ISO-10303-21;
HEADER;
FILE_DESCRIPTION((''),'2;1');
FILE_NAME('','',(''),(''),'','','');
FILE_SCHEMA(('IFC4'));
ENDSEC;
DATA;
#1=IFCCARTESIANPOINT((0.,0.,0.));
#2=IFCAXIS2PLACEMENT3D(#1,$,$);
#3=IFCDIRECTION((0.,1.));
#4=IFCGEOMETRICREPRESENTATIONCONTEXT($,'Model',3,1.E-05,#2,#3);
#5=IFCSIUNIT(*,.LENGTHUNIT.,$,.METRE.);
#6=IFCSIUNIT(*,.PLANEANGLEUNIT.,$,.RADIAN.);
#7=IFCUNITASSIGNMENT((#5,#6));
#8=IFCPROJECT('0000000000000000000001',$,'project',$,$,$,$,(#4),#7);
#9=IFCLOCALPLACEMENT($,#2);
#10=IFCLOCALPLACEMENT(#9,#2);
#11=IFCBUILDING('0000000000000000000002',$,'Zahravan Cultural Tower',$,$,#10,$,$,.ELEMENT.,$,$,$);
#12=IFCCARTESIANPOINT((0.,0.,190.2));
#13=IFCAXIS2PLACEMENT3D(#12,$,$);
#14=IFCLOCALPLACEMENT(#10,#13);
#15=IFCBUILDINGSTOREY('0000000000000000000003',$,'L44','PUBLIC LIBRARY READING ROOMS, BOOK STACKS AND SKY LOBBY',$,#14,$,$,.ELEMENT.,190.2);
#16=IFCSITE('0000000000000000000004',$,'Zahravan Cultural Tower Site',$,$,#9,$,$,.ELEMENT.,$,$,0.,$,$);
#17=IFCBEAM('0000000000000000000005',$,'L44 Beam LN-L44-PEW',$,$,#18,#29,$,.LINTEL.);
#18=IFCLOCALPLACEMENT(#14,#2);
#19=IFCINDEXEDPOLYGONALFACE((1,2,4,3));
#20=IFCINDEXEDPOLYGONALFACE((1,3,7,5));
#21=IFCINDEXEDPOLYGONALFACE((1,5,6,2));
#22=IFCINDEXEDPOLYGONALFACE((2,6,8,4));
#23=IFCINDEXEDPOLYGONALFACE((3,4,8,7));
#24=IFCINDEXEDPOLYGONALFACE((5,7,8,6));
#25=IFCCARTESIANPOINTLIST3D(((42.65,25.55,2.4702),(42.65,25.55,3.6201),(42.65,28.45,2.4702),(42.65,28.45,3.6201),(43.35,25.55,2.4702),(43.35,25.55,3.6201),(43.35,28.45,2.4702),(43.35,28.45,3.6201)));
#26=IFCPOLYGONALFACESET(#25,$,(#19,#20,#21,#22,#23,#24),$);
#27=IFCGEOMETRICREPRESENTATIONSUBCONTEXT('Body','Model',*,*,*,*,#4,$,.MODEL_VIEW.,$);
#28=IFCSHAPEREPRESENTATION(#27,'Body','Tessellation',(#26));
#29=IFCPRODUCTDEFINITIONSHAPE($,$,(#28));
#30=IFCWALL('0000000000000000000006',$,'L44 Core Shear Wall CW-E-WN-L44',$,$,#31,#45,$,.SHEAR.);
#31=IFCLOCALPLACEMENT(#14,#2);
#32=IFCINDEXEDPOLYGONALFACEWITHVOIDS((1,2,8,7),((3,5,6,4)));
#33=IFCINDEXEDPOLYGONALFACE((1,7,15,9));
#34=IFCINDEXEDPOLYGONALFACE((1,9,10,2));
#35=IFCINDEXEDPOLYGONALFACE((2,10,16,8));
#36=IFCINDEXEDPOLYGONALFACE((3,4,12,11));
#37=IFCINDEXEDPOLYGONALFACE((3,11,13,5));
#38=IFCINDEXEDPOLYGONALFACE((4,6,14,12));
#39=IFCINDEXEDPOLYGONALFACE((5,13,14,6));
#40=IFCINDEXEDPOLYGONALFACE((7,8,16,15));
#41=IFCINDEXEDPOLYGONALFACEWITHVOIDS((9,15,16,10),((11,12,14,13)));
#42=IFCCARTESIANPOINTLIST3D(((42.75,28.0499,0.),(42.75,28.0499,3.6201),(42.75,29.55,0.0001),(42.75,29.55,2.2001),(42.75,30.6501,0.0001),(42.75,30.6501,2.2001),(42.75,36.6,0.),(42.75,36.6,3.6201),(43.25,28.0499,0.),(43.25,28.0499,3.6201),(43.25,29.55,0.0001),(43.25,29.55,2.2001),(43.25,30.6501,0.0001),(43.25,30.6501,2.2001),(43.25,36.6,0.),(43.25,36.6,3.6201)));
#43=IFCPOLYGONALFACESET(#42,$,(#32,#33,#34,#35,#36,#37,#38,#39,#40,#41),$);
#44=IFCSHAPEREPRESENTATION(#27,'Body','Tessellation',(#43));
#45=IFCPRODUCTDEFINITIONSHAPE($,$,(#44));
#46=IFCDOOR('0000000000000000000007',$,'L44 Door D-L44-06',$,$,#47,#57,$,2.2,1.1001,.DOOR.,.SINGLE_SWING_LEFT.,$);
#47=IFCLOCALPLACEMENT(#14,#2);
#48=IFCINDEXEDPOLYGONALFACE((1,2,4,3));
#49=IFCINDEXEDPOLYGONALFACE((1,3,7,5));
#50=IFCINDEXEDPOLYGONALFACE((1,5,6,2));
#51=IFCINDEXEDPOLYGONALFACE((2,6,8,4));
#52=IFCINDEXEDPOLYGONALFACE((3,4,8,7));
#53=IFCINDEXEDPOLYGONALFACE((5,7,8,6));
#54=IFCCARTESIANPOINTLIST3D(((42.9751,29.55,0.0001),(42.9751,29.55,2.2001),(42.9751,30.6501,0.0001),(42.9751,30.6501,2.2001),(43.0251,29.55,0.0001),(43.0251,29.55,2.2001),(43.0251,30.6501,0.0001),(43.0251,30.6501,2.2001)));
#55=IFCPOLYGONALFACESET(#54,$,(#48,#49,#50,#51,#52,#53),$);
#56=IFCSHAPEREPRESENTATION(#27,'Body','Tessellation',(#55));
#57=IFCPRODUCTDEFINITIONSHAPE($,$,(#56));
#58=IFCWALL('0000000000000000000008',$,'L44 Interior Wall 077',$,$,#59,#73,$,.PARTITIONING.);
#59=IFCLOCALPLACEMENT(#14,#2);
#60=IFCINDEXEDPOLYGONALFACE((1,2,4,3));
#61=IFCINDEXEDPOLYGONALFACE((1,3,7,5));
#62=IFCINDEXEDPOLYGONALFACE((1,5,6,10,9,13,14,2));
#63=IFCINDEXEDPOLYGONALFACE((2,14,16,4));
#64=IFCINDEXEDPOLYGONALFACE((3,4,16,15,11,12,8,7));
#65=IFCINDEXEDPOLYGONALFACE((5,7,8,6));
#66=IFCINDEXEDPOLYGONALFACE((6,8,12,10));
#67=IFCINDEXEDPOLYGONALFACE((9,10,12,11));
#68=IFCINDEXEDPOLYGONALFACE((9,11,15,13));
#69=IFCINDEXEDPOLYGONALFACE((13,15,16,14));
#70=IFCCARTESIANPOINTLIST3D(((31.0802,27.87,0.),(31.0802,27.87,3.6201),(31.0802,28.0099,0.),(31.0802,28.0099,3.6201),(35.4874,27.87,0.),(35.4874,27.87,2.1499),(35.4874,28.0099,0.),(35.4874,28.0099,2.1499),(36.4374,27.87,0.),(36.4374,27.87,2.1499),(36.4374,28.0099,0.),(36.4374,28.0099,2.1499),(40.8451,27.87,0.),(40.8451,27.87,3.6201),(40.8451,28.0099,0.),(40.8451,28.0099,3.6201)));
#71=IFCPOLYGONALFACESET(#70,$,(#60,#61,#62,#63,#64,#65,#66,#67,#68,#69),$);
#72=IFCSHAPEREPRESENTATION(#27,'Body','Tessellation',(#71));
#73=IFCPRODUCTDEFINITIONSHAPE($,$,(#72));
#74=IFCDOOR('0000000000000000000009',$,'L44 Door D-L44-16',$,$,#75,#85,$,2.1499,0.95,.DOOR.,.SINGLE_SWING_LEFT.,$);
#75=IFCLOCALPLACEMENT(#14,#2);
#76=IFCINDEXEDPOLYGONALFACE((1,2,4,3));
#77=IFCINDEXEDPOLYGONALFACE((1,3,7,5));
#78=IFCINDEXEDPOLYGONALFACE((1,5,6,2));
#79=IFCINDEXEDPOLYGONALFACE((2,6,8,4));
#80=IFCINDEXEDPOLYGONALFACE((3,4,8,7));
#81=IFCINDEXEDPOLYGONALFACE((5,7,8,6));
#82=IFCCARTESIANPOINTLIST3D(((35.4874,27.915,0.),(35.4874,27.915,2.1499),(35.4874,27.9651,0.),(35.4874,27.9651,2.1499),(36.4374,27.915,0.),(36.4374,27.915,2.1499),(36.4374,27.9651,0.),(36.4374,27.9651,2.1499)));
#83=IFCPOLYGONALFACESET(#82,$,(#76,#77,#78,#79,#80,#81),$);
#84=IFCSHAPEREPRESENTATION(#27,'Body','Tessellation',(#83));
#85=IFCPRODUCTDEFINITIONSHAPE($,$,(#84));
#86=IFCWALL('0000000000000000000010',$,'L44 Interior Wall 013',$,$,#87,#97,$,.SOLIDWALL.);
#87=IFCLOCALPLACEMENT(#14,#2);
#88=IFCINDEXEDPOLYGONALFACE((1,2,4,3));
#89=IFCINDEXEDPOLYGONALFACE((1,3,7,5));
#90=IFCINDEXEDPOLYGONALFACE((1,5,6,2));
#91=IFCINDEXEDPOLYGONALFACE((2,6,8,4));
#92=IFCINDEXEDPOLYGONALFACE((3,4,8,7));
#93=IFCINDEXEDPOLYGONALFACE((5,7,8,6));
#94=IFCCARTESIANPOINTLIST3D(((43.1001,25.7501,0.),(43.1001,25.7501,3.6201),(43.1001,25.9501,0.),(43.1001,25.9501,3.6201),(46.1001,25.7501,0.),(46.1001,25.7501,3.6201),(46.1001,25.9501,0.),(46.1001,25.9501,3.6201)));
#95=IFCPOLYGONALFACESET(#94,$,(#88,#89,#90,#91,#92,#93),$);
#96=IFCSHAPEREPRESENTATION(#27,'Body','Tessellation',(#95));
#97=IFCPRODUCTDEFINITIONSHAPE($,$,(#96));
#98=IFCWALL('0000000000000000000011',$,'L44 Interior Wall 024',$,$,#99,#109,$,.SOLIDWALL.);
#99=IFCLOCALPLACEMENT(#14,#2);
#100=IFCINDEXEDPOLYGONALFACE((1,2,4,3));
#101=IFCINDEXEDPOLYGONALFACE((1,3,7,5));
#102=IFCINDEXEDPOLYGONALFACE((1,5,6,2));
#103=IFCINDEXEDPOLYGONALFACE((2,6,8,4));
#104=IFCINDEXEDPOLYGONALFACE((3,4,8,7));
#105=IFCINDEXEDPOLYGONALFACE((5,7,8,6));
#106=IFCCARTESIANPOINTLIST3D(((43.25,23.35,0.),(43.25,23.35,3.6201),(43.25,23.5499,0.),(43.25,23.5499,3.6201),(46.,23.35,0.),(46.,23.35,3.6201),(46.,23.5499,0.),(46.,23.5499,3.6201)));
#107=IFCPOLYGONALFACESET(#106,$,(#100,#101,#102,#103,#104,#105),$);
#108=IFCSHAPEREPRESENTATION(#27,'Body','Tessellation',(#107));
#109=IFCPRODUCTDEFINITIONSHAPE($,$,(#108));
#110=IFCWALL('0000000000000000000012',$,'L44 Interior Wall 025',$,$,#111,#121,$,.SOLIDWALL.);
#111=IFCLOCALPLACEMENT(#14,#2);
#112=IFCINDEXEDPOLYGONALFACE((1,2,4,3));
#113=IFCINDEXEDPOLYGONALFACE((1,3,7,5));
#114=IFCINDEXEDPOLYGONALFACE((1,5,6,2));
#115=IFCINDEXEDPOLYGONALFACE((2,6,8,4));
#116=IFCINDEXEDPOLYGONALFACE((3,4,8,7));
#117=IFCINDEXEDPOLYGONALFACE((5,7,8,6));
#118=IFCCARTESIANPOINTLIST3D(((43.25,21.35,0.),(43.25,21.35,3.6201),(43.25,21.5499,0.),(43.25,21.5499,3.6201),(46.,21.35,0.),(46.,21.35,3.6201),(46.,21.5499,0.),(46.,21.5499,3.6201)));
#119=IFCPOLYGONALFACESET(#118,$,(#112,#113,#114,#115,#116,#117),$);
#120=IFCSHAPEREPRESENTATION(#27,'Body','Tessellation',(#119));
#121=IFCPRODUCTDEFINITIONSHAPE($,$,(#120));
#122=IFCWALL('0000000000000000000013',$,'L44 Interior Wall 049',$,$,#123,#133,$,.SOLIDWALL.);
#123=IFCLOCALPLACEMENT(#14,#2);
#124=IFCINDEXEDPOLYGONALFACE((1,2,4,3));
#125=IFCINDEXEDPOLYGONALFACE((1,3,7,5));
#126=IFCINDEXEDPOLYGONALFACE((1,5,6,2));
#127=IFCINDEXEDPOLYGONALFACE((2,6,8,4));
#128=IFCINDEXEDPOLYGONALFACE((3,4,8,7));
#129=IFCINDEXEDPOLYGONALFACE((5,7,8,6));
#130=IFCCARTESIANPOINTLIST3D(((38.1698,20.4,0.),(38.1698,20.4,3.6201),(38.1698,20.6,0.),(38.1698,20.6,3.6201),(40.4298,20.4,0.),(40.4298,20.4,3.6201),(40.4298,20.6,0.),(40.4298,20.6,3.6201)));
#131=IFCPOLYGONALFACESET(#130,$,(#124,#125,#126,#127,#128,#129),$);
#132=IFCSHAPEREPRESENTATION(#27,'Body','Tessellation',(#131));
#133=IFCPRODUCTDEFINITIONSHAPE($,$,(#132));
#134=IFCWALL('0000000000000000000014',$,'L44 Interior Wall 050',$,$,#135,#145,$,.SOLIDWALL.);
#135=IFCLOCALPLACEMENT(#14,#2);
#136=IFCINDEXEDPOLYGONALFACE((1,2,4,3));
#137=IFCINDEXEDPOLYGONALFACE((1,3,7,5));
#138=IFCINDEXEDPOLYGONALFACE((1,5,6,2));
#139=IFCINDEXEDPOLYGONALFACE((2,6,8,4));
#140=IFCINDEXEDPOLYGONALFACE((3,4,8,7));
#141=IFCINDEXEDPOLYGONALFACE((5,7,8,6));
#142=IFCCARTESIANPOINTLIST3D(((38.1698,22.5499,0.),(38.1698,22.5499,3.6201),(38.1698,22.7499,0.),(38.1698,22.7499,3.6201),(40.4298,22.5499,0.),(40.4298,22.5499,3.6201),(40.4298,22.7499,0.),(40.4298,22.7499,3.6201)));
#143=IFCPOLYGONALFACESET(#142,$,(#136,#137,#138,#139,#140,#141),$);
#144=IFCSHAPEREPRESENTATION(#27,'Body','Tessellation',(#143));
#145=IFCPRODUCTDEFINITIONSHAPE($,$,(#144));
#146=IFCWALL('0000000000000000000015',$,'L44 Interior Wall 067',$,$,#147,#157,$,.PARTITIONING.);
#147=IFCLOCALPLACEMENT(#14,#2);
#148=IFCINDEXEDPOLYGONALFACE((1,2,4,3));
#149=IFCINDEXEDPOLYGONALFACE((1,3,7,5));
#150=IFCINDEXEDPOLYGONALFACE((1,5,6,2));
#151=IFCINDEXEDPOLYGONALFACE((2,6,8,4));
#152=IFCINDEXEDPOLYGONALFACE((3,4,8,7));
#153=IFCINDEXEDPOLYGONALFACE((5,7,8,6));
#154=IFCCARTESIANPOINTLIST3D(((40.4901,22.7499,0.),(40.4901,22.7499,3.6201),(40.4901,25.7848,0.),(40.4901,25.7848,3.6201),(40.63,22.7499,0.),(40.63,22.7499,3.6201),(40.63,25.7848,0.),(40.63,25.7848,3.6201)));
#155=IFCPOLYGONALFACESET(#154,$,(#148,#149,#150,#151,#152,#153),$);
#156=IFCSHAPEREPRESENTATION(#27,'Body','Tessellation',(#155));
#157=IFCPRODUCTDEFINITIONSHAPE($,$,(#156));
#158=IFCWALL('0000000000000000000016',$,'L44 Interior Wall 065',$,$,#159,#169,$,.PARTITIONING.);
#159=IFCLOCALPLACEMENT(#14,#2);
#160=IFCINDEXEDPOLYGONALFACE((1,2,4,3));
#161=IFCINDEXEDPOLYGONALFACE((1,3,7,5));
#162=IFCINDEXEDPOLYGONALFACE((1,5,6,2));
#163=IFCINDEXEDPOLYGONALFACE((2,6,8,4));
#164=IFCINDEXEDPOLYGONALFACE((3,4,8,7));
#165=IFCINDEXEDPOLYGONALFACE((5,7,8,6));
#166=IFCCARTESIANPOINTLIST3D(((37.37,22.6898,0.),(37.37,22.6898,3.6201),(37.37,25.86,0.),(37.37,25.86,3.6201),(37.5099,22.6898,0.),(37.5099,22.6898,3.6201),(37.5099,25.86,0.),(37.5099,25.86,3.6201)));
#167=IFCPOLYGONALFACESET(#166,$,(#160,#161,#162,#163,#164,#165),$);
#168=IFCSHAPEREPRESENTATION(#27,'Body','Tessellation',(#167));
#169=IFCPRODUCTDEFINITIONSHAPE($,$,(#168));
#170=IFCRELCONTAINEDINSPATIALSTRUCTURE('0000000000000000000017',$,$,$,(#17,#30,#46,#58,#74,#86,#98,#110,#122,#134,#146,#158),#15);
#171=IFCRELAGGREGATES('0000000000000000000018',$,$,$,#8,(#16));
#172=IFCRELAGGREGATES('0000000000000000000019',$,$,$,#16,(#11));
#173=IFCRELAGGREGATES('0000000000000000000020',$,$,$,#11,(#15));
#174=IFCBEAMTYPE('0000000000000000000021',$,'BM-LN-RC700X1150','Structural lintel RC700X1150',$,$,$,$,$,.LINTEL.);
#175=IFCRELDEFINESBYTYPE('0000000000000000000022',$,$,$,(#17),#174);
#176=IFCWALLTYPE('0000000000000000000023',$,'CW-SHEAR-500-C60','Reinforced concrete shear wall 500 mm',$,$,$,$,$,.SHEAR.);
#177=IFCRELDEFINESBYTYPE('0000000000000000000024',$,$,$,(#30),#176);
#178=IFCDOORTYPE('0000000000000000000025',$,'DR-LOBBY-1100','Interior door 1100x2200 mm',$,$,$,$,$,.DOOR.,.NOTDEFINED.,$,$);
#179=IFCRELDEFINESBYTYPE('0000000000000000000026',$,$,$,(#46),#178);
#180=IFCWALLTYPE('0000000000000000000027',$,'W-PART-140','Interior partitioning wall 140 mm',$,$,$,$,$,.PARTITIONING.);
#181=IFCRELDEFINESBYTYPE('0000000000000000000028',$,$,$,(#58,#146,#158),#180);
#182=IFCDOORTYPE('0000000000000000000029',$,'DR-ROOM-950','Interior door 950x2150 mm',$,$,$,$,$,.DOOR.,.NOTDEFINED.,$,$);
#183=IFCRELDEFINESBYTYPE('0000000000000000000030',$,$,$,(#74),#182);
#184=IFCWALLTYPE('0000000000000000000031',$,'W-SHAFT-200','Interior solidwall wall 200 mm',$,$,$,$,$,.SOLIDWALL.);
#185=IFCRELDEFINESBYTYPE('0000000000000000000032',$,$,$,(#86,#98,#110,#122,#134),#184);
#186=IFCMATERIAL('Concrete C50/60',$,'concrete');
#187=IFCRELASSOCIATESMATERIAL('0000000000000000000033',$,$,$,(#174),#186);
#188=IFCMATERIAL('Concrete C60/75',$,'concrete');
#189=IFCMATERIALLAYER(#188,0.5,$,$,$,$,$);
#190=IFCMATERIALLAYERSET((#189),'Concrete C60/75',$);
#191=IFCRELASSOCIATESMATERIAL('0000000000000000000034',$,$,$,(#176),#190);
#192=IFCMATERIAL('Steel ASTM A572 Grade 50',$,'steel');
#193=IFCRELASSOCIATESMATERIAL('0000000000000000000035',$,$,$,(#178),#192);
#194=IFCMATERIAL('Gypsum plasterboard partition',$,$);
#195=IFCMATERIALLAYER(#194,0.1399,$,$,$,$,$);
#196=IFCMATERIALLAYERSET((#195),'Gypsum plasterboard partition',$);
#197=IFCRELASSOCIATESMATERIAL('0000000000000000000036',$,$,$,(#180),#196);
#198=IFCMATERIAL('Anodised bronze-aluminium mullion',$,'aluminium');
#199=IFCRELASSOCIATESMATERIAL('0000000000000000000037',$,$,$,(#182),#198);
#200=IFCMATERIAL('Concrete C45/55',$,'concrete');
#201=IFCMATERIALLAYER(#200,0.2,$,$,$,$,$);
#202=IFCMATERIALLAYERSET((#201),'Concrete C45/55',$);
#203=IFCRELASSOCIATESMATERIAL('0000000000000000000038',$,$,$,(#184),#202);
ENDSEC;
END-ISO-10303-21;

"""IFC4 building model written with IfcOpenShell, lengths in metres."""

from ifc_helpers import new_model, si_unit, direction, frame, frame_2d, origin, origin_2d, place, context, subcontext, project, spatial, rectangle, extrude, source, transform, mapped, material, layer, layer_set, material_profile, profile_set, type_object, element, fill, save


model = new_model("IFC4")

# Units and contexts
model_context = context("Model", 3, precision=1e-05, world=origin(), true_north=direction((0.0, 1.0)))
body_context = subcontext(model_context, "Body", "Model", "MODEL_VIEW")
ifc_project = project(units=[si_unit("LENGTHUNIT", "METRE"), si_unit("PLANEANGLEUNIT", "RADIAN")], contexts=[model_context])

# Site, building, storey
site_placement = place(None, origin())
site = spatial("IfcSite", under=ifc_project, at=site_placement, Name="Zahravan Cultural Tower Site", CompositionType="ELEMENT", RefElevation=0.0)
building_placement = place(site_placement, origin())
building = spatial("IfcBuilding", under=site, at=building_placement, Name="Zahravan Cultural Tower", CompositionType="ELEMENT")
storey_placement = place(building_placement, frame((0.0, 0.0, 190.2)))
storey = spatial("IfcBuildingStorey", under=building, at=storey_placement, Name="L44", Description="PUBLIC LIBRARY READING ROOMS, BOOK STACKS AND SKY LOBBY", CompositionType="ELEMENT", Elevation=190.2)

# Beam
ifc_material_1 = material(Name="Concrete C50/60", Category="concrete")
ifc_material_profile = material_profile(ifc_material_1, rectangle(XDim=0.7, YDim=1.1499, at=origin_2d()), Name="RC700X1150")
ifc_profile_set = profile_set([ifc_material_profile], Name="Concrete C50/60")
beam_type = type_object("IfcBeamType", Name="BM-LN-RC700X1150", Description="Structural lintel RC700X1150", PredefinedType="LINTEL", material=ifc_profile_set)
shared_shape_1 = source(origin(), body_context, "Body", "SweptSolid", [
    extrude(rectangle(XDim=0.7, YDim=1.1499, at=origin_2d()), origin(), (0.0, 0.0, 1.0), 2.8999),
])
beam_placement = place(storey_placement, frame((43.0, 25.55, 3.0452), z_axis=(0.0, 1.0, 0.0), x_axis=(-1.0, 0.0, 0.0)))
element("IfcBeam", 1, at=beam_placement, inside=storey, type_object=beam_type, Name="L44 Beam LN-L44-PEW", PredefinedType="LINTEL", context=body_context, shape_type="MappedRepresentation", body=[
    mapped(shared_shape_1, transform((0.0, 0.0, 0.0), x_axis=(1.0, 0.0, 0.0), y_axis=(0.0, 1.0, 0.0), z_axis=(0.0, 0.0, 1.0), scale=1.0)),
])

# Walls, openings, doors
ifc_material_2 = material(Name="Concrete C60/75", Category="concrete")
ifc_layer_1 = layer(ifc_material_2, 0.5)
ifc_layer_set_1 = layer_set([ifc_layer_1], Name="Concrete C60/75")
wall_type_1 = type_object("IfcWallType", Name="CW-SHEAR-500-C60", Description="Reinforced concrete shear wall 500 mm", PredefinedType="SHEAR", material=ifc_layer_set_1)
wall_1_placement = place(storey_placement, frame((43.0, 28.05, 0.0), z_axis=(0.0, 0.0, 1.0), x_axis=(0.0, 1.0, 0.0)))
wall_1 = element("IfcWall", 2, at=wall_1_placement, inside=storey, type_object=wall_type_1, Name="L44 Core Shear Wall CW-E-WN-L44", PredefinedType="SHEAR", context=body_context, shape_type="SweptSolid", body=[
    extrude(rectangle(XDim=8.55, YDim=0.5, at=frame_2d((4.2749, 0.0))), origin(), (0.0, 0.0, 1.0), 3.6201),
])
opening_1_placement = place(wall_1_placement, frame((1.5, 0.0, 0.0)))
opening_1 = element("IfcOpeningElement", 3, at=opening_1_placement, cuts=wall_1, PredefinedType="OPENING", context=body_context, shape_type="SweptSolid", body=[
    extrude(rectangle(XDim=1.1001, YDim=2.2, at=frame_2d((0.55, 1.1001))), frame((0.0, 0.26, 0.0), z_axis=(0.0, -1.0, 0.0), x_axis=(1.0, 0.0, 0.0)), (0.0, 0.0, 1.0), 0.52),
])
ifc_material_3 = material(Name="Steel ASTM A572 Grade 50", Category="steel")
door_type_1 = type_object("IfcDoorType", Name="DR-LOBBY-1100", Description="Interior door 1100x2200 mm", OperationType="NOTDEFINED", PredefinedType="DOOR", material=ifc_material_3)
shared_shape_2 = source(origin(), body_context, "Body", "SweptSolid", [
    extrude(rectangle(XDim=1.1001, YDim=2.2, at=frame_2d((0.55, 1.1001))), frame((0.0, 0.0249, 0.0), z_axis=(0.0, -1.0, 0.0), x_axis=(1.0, 0.0, 0.0)), (0.0, 0.0, 1.0), 0.05),
])
door_1_placement = place(opening_1_placement, origin())
door_1 = element("IfcDoor", 4, at=door_1_placement, inside=storey, type_object=door_type_1, Name="L44 Door D-L44-06", OperationType="SINGLE_SWING_LEFT", OverallHeight=2.2, OverallWidth=1.1001, PredefinedType="DOOR", context=body_context, shape_type="MappedRepresentation", body=[
    mapped(shared_shape_2, transform((0.0, 0.0, 0.0), x_axis=(1.0, 0.0, 0.0), y_axis=(0.0, 1.0, 0.0), z_axis=(0.0, 0.0, 1.0), scale=1.0)),
])
fill(opening_1, door_1)
ifc_material_4 = material(Name="Gypsum plasterboard partition")
ifc_layer_2 = layer(ifc_material_4, 0.1399)
ifc_layer_set_2 = layer_set([ifc_layer_2], Name="Gypsum plasterboard partition")
wall_type_2 = type_object("IfcWallType", Name="W-PART-140", Description="Interior partitioning wall 140 mm", PredefinedType="PARTITIONING", material=ifc_layer_set_2)
ifc_material_5 = material(Name="Anodised bronze-aluminium mullion", Category="aluminium")
door_type_2 = type_object("IfcDoorType", Name="DR-ROOM-950", Description="Interior door 950x2150 mm", OperationType="NOTDEFINED", PredefinedType="DOOR", material=ifc_material_5)
shared_shape_3 = source(origin(), body_context, "Body", "SweptSolid", [
    extrude(rectangle(XDim=0.95, YDim=2.1499, at=frame_2d((0.4751, 1.075))), frame((0.0, 0.0249, 0.0), z_axis=(0.0, -1.0, 0.0), x_axis=(1.0, 0.0, 0.0)), (0.0, 0.0, 1.0), 0.05),
])
wall_2_placement = place(storey_placement, frame((40.845, 27.9399, 0.0), z_axis=(0.0, 0.0, 1.0), x_axis=(-1.0, 0.0, 0.0)))
wall_2 = element("IfcWall", 5, at=wall_2_placement, inside=storey, type_object=wall_type_2, Name="L44 Interior Wall 077", PredefinedType="PARTITIONING", context=body_context, shape_type="SweptSolid", body=[
    extrude(rectangle(XDim=9.7649, YDim=0.1399, at=frame_2d((4.8823, 0.0))), origin(), (0.0, 0.0, 1.0), 3.6201),
])
opening_2_placement = place(wall_2_placement, frame((4.4075, 0.0, 0.0)))
opening_2 = element("IfcOpeningElement", 6, at=opening_2_placement, cuts=wall_2, PredefinedType="OPENING", context=body_context, shape_type="SweptSolid", body=[
    extrude(rectangle(XDim=0.95, YDim=2.1499, at=frame_2d((0.4751, 1.075))), frame((0.0, 0.0798, 0.0), z_axis=(0.0, -1.0, 0.0), x_axis=(1.0, 0.0, 0.0)), (0.0, 0.0, 1.0), 0.1599),
])
door_2_placement = place(opening_2_placement, origin())
door_2 = element("IfcDoor", 7, at=door_2_placement, inside=storey, type_object=door_type_2, Name="L44 Door D-L44-16", OperationType="SINGLE_SWING_LEFT", OverallHeight=2.1499, OverallWidth=0.95, PredefinedType="DOOR", context=body_context, shape_type="MappedRepresentation", body=[
    mapped(shared_shape_3, transform((0.0, 0.0, 0.0), x_axis=(1.0, 0.0, 0.0), y_axis=(0.0, 1.0, 0.0), z_axis=(0.0, 0.0, 1.0), scale=1.0)),
])
fill(opening_2, door_2)
ifc_material_6 = material(Name="Concrete C45/55", Category="concrete")
ifc_layer_3 = layer(ifc_material_6, 0.2)
ifc_layer_set_3 = layer_set([ifc_layer_3], Name="Concrete C45/55")
wall_type_3 = type_object("IfcWallType", Name="W-SHAFT-200", Description="Interior solidwall wall 200 mm", PredefinedType="SOLIDWALL", material=ifc_layer_set_3)

# Walls
shared_shape_4 = source(origin(), body_context, "Body", "SweptSolid", [
    extrude(rectangle(XDim=3.0, YDim=0.2, at=frame_2d((1.5, 0.0))), origin(), (0.0, 0.0, 1.0), 3.6201),
])
wall_3_placement = place(storey_placement, frame((43.1001, 25.8501, 0.0), z_axis=(0.0, 0.0, 1.0), x_axis=(1.0, 0.0, 0.0)))
element("IfcWall", 8, at=wall_3_placement, inside=storey, type_object=wall_type_3, Name="L44 Interior Wall 013", PredefinedType="SOLIDWALL", context=body_context, shape_type="MappedRepresentation", body=[
    mapped(shared_shape_4, transform((0.0, 0.0, 0.0), x_axis=(1.0, 0.0, 0.0), y_axis=(0.0, 1.0, 0.0), z_axis=(0.0, 0.0, 1.0), scale=1.0)),
])
shared_shape_5 = source(origin(), body_context, "Body", "SweptSolid", [
    extrude(rectangle(XDim=2.75, YDim=0.2, at=frame_2d((1.375, 0.0))), origin(), (0.0, 0.0, 1.0), 3.6201),
])
for number, where, z_axis, x_axis, name in (
    (9, (43.25, 23.45, 0.0), (0.0, 0.0, 1.0), (1.0, 0.0, 0.0), "L44 Interior Wall 024"),
    (10, (43.25, 21.45, 0.0), (0.0, 0.0, 1.0), (1.0, 0.0, 0.0), "L44 Interior Wall 025"),
):
    element("IfcWall", number, at=place(storey_placement, frame(where, z_axis=z_axis, x_axis=x_axis)), inside=storey, type_object=wall_type_3, Name=name, PredefinedType="SOLIDWALL", context=body_context, shape_type="MappedRepresentation", body=[
        mapped(shared_shape_5, transform((0.0, 0.0, 0.0), x_axis=(1.0, 0.0, 0.0), y_axis=(0.0, 1.0, 0.0), z_axis=(0.0, 0.0, 1.0), scale=1.0)),
    ])
shared_shape_6 = source(origin(), body_context, "Body", "SweptSolid", [
    extrude(rectangle(XDim=2.26, YDim=0.2, at=frame_2d((1.1299, 0.0))), origin(), (0.0, 0.0, 1.0), 3.6201),
])
for number, where, z_axis, x_axis, name in (
    (11, (38.1699, 20.5, 0.0), (0.0, 0.0, 1.0), (1.0, 0.0, 0.0), "L44 Interior Wall 049"),
    (12, (38.1699, 22.6499, 0.0), (0.0, 0.0, 1.0), (1.0, 0.0, 0.0), "L44 Interior Wall 050"),
):
    element("IfcWall", number, at=place(storey_placement, frame(where, z_axis=z_axis, x_axis=x_axis)), inside=storey, type_object=wall_type_3, Name=name, PredefinedType="SOLIDWALL", context=body_context, shape_type="MappedRepresentation", body=[
        mapped(shared_shape_6, transform((0.0, 0.0, 0.0), x_axis=(1.0, 0.0, 0.0), y_axis=(0.0, 1.0, 0.0), z_axis=(0.0, 0.0, 1.0), scale=1.0)),
    ])
shared_shape_7 = source(origin(), body_context, "Body", "SweptSolid", [
    extrude(rectangle(XDim=3.0349, YDim=0.1399, at=frame_2d((1.5176, 0.0))), origin(), (0.0, 0.0, 1.0), 3.6201),
])
wall_4_placement = place(storey_placement, frame((40.5601, 25.7849, 0.0), z_axis=(0.0, 0.0, 1.0), x_axis=(0.0, -1.0, 0.0)))
element("IfcWall", 13, at=wall_4_placement, inside=storey, type_object=wall_type_2, Name="L44 Interior Wall 067", PredefinedType="PARTITIONING", context=body_context, shape_type="MappedRepresentation", body=[
    mapped(shared_shape_7, transform((0.0, 0.0, 0.0), x_axis=(1.0, 0.0, 0.0), y_axis=(0.0, 1.0, 0.0), z_axis=(0.0, 0.0, 1.0), scale=1.0)),
])
shared_shape_8 = source(origin(), body_context, "Body", "SweptSolid", [
    extrude(rectangle(XDim=3.1702, YDim=0.1399, at=frame_2d((1.585, 0.0))), origin(), (0.0, 0.0, 1.0), 3.6201),
])
wall_5_placement = place(storey_placement, frame((37.4399, 22.6899, 0.0), z_axis=(0.0, 0.0, 1.0), x_axis=(0.0, 1.0, 0.0)))
element("IfcWall", 14, at=wall_5_placement, inside=storey, type_object=wall_type_2, Name="L44 Interior Wall 065", PredefinedType="PARTITIONING", context=body_context, shape_type="MappedRepresentation", body=[
    mapped(shared_shape_8, transform((0.0, 0.0, 0.0), x_axis=(1.0, 0.0, 0.0), y_axis=(0.0, 1.0, 0.0), z_axis=(0.0, 0.0, 1.0), scale=1.0)),
])

save(model, "model.ifc")
